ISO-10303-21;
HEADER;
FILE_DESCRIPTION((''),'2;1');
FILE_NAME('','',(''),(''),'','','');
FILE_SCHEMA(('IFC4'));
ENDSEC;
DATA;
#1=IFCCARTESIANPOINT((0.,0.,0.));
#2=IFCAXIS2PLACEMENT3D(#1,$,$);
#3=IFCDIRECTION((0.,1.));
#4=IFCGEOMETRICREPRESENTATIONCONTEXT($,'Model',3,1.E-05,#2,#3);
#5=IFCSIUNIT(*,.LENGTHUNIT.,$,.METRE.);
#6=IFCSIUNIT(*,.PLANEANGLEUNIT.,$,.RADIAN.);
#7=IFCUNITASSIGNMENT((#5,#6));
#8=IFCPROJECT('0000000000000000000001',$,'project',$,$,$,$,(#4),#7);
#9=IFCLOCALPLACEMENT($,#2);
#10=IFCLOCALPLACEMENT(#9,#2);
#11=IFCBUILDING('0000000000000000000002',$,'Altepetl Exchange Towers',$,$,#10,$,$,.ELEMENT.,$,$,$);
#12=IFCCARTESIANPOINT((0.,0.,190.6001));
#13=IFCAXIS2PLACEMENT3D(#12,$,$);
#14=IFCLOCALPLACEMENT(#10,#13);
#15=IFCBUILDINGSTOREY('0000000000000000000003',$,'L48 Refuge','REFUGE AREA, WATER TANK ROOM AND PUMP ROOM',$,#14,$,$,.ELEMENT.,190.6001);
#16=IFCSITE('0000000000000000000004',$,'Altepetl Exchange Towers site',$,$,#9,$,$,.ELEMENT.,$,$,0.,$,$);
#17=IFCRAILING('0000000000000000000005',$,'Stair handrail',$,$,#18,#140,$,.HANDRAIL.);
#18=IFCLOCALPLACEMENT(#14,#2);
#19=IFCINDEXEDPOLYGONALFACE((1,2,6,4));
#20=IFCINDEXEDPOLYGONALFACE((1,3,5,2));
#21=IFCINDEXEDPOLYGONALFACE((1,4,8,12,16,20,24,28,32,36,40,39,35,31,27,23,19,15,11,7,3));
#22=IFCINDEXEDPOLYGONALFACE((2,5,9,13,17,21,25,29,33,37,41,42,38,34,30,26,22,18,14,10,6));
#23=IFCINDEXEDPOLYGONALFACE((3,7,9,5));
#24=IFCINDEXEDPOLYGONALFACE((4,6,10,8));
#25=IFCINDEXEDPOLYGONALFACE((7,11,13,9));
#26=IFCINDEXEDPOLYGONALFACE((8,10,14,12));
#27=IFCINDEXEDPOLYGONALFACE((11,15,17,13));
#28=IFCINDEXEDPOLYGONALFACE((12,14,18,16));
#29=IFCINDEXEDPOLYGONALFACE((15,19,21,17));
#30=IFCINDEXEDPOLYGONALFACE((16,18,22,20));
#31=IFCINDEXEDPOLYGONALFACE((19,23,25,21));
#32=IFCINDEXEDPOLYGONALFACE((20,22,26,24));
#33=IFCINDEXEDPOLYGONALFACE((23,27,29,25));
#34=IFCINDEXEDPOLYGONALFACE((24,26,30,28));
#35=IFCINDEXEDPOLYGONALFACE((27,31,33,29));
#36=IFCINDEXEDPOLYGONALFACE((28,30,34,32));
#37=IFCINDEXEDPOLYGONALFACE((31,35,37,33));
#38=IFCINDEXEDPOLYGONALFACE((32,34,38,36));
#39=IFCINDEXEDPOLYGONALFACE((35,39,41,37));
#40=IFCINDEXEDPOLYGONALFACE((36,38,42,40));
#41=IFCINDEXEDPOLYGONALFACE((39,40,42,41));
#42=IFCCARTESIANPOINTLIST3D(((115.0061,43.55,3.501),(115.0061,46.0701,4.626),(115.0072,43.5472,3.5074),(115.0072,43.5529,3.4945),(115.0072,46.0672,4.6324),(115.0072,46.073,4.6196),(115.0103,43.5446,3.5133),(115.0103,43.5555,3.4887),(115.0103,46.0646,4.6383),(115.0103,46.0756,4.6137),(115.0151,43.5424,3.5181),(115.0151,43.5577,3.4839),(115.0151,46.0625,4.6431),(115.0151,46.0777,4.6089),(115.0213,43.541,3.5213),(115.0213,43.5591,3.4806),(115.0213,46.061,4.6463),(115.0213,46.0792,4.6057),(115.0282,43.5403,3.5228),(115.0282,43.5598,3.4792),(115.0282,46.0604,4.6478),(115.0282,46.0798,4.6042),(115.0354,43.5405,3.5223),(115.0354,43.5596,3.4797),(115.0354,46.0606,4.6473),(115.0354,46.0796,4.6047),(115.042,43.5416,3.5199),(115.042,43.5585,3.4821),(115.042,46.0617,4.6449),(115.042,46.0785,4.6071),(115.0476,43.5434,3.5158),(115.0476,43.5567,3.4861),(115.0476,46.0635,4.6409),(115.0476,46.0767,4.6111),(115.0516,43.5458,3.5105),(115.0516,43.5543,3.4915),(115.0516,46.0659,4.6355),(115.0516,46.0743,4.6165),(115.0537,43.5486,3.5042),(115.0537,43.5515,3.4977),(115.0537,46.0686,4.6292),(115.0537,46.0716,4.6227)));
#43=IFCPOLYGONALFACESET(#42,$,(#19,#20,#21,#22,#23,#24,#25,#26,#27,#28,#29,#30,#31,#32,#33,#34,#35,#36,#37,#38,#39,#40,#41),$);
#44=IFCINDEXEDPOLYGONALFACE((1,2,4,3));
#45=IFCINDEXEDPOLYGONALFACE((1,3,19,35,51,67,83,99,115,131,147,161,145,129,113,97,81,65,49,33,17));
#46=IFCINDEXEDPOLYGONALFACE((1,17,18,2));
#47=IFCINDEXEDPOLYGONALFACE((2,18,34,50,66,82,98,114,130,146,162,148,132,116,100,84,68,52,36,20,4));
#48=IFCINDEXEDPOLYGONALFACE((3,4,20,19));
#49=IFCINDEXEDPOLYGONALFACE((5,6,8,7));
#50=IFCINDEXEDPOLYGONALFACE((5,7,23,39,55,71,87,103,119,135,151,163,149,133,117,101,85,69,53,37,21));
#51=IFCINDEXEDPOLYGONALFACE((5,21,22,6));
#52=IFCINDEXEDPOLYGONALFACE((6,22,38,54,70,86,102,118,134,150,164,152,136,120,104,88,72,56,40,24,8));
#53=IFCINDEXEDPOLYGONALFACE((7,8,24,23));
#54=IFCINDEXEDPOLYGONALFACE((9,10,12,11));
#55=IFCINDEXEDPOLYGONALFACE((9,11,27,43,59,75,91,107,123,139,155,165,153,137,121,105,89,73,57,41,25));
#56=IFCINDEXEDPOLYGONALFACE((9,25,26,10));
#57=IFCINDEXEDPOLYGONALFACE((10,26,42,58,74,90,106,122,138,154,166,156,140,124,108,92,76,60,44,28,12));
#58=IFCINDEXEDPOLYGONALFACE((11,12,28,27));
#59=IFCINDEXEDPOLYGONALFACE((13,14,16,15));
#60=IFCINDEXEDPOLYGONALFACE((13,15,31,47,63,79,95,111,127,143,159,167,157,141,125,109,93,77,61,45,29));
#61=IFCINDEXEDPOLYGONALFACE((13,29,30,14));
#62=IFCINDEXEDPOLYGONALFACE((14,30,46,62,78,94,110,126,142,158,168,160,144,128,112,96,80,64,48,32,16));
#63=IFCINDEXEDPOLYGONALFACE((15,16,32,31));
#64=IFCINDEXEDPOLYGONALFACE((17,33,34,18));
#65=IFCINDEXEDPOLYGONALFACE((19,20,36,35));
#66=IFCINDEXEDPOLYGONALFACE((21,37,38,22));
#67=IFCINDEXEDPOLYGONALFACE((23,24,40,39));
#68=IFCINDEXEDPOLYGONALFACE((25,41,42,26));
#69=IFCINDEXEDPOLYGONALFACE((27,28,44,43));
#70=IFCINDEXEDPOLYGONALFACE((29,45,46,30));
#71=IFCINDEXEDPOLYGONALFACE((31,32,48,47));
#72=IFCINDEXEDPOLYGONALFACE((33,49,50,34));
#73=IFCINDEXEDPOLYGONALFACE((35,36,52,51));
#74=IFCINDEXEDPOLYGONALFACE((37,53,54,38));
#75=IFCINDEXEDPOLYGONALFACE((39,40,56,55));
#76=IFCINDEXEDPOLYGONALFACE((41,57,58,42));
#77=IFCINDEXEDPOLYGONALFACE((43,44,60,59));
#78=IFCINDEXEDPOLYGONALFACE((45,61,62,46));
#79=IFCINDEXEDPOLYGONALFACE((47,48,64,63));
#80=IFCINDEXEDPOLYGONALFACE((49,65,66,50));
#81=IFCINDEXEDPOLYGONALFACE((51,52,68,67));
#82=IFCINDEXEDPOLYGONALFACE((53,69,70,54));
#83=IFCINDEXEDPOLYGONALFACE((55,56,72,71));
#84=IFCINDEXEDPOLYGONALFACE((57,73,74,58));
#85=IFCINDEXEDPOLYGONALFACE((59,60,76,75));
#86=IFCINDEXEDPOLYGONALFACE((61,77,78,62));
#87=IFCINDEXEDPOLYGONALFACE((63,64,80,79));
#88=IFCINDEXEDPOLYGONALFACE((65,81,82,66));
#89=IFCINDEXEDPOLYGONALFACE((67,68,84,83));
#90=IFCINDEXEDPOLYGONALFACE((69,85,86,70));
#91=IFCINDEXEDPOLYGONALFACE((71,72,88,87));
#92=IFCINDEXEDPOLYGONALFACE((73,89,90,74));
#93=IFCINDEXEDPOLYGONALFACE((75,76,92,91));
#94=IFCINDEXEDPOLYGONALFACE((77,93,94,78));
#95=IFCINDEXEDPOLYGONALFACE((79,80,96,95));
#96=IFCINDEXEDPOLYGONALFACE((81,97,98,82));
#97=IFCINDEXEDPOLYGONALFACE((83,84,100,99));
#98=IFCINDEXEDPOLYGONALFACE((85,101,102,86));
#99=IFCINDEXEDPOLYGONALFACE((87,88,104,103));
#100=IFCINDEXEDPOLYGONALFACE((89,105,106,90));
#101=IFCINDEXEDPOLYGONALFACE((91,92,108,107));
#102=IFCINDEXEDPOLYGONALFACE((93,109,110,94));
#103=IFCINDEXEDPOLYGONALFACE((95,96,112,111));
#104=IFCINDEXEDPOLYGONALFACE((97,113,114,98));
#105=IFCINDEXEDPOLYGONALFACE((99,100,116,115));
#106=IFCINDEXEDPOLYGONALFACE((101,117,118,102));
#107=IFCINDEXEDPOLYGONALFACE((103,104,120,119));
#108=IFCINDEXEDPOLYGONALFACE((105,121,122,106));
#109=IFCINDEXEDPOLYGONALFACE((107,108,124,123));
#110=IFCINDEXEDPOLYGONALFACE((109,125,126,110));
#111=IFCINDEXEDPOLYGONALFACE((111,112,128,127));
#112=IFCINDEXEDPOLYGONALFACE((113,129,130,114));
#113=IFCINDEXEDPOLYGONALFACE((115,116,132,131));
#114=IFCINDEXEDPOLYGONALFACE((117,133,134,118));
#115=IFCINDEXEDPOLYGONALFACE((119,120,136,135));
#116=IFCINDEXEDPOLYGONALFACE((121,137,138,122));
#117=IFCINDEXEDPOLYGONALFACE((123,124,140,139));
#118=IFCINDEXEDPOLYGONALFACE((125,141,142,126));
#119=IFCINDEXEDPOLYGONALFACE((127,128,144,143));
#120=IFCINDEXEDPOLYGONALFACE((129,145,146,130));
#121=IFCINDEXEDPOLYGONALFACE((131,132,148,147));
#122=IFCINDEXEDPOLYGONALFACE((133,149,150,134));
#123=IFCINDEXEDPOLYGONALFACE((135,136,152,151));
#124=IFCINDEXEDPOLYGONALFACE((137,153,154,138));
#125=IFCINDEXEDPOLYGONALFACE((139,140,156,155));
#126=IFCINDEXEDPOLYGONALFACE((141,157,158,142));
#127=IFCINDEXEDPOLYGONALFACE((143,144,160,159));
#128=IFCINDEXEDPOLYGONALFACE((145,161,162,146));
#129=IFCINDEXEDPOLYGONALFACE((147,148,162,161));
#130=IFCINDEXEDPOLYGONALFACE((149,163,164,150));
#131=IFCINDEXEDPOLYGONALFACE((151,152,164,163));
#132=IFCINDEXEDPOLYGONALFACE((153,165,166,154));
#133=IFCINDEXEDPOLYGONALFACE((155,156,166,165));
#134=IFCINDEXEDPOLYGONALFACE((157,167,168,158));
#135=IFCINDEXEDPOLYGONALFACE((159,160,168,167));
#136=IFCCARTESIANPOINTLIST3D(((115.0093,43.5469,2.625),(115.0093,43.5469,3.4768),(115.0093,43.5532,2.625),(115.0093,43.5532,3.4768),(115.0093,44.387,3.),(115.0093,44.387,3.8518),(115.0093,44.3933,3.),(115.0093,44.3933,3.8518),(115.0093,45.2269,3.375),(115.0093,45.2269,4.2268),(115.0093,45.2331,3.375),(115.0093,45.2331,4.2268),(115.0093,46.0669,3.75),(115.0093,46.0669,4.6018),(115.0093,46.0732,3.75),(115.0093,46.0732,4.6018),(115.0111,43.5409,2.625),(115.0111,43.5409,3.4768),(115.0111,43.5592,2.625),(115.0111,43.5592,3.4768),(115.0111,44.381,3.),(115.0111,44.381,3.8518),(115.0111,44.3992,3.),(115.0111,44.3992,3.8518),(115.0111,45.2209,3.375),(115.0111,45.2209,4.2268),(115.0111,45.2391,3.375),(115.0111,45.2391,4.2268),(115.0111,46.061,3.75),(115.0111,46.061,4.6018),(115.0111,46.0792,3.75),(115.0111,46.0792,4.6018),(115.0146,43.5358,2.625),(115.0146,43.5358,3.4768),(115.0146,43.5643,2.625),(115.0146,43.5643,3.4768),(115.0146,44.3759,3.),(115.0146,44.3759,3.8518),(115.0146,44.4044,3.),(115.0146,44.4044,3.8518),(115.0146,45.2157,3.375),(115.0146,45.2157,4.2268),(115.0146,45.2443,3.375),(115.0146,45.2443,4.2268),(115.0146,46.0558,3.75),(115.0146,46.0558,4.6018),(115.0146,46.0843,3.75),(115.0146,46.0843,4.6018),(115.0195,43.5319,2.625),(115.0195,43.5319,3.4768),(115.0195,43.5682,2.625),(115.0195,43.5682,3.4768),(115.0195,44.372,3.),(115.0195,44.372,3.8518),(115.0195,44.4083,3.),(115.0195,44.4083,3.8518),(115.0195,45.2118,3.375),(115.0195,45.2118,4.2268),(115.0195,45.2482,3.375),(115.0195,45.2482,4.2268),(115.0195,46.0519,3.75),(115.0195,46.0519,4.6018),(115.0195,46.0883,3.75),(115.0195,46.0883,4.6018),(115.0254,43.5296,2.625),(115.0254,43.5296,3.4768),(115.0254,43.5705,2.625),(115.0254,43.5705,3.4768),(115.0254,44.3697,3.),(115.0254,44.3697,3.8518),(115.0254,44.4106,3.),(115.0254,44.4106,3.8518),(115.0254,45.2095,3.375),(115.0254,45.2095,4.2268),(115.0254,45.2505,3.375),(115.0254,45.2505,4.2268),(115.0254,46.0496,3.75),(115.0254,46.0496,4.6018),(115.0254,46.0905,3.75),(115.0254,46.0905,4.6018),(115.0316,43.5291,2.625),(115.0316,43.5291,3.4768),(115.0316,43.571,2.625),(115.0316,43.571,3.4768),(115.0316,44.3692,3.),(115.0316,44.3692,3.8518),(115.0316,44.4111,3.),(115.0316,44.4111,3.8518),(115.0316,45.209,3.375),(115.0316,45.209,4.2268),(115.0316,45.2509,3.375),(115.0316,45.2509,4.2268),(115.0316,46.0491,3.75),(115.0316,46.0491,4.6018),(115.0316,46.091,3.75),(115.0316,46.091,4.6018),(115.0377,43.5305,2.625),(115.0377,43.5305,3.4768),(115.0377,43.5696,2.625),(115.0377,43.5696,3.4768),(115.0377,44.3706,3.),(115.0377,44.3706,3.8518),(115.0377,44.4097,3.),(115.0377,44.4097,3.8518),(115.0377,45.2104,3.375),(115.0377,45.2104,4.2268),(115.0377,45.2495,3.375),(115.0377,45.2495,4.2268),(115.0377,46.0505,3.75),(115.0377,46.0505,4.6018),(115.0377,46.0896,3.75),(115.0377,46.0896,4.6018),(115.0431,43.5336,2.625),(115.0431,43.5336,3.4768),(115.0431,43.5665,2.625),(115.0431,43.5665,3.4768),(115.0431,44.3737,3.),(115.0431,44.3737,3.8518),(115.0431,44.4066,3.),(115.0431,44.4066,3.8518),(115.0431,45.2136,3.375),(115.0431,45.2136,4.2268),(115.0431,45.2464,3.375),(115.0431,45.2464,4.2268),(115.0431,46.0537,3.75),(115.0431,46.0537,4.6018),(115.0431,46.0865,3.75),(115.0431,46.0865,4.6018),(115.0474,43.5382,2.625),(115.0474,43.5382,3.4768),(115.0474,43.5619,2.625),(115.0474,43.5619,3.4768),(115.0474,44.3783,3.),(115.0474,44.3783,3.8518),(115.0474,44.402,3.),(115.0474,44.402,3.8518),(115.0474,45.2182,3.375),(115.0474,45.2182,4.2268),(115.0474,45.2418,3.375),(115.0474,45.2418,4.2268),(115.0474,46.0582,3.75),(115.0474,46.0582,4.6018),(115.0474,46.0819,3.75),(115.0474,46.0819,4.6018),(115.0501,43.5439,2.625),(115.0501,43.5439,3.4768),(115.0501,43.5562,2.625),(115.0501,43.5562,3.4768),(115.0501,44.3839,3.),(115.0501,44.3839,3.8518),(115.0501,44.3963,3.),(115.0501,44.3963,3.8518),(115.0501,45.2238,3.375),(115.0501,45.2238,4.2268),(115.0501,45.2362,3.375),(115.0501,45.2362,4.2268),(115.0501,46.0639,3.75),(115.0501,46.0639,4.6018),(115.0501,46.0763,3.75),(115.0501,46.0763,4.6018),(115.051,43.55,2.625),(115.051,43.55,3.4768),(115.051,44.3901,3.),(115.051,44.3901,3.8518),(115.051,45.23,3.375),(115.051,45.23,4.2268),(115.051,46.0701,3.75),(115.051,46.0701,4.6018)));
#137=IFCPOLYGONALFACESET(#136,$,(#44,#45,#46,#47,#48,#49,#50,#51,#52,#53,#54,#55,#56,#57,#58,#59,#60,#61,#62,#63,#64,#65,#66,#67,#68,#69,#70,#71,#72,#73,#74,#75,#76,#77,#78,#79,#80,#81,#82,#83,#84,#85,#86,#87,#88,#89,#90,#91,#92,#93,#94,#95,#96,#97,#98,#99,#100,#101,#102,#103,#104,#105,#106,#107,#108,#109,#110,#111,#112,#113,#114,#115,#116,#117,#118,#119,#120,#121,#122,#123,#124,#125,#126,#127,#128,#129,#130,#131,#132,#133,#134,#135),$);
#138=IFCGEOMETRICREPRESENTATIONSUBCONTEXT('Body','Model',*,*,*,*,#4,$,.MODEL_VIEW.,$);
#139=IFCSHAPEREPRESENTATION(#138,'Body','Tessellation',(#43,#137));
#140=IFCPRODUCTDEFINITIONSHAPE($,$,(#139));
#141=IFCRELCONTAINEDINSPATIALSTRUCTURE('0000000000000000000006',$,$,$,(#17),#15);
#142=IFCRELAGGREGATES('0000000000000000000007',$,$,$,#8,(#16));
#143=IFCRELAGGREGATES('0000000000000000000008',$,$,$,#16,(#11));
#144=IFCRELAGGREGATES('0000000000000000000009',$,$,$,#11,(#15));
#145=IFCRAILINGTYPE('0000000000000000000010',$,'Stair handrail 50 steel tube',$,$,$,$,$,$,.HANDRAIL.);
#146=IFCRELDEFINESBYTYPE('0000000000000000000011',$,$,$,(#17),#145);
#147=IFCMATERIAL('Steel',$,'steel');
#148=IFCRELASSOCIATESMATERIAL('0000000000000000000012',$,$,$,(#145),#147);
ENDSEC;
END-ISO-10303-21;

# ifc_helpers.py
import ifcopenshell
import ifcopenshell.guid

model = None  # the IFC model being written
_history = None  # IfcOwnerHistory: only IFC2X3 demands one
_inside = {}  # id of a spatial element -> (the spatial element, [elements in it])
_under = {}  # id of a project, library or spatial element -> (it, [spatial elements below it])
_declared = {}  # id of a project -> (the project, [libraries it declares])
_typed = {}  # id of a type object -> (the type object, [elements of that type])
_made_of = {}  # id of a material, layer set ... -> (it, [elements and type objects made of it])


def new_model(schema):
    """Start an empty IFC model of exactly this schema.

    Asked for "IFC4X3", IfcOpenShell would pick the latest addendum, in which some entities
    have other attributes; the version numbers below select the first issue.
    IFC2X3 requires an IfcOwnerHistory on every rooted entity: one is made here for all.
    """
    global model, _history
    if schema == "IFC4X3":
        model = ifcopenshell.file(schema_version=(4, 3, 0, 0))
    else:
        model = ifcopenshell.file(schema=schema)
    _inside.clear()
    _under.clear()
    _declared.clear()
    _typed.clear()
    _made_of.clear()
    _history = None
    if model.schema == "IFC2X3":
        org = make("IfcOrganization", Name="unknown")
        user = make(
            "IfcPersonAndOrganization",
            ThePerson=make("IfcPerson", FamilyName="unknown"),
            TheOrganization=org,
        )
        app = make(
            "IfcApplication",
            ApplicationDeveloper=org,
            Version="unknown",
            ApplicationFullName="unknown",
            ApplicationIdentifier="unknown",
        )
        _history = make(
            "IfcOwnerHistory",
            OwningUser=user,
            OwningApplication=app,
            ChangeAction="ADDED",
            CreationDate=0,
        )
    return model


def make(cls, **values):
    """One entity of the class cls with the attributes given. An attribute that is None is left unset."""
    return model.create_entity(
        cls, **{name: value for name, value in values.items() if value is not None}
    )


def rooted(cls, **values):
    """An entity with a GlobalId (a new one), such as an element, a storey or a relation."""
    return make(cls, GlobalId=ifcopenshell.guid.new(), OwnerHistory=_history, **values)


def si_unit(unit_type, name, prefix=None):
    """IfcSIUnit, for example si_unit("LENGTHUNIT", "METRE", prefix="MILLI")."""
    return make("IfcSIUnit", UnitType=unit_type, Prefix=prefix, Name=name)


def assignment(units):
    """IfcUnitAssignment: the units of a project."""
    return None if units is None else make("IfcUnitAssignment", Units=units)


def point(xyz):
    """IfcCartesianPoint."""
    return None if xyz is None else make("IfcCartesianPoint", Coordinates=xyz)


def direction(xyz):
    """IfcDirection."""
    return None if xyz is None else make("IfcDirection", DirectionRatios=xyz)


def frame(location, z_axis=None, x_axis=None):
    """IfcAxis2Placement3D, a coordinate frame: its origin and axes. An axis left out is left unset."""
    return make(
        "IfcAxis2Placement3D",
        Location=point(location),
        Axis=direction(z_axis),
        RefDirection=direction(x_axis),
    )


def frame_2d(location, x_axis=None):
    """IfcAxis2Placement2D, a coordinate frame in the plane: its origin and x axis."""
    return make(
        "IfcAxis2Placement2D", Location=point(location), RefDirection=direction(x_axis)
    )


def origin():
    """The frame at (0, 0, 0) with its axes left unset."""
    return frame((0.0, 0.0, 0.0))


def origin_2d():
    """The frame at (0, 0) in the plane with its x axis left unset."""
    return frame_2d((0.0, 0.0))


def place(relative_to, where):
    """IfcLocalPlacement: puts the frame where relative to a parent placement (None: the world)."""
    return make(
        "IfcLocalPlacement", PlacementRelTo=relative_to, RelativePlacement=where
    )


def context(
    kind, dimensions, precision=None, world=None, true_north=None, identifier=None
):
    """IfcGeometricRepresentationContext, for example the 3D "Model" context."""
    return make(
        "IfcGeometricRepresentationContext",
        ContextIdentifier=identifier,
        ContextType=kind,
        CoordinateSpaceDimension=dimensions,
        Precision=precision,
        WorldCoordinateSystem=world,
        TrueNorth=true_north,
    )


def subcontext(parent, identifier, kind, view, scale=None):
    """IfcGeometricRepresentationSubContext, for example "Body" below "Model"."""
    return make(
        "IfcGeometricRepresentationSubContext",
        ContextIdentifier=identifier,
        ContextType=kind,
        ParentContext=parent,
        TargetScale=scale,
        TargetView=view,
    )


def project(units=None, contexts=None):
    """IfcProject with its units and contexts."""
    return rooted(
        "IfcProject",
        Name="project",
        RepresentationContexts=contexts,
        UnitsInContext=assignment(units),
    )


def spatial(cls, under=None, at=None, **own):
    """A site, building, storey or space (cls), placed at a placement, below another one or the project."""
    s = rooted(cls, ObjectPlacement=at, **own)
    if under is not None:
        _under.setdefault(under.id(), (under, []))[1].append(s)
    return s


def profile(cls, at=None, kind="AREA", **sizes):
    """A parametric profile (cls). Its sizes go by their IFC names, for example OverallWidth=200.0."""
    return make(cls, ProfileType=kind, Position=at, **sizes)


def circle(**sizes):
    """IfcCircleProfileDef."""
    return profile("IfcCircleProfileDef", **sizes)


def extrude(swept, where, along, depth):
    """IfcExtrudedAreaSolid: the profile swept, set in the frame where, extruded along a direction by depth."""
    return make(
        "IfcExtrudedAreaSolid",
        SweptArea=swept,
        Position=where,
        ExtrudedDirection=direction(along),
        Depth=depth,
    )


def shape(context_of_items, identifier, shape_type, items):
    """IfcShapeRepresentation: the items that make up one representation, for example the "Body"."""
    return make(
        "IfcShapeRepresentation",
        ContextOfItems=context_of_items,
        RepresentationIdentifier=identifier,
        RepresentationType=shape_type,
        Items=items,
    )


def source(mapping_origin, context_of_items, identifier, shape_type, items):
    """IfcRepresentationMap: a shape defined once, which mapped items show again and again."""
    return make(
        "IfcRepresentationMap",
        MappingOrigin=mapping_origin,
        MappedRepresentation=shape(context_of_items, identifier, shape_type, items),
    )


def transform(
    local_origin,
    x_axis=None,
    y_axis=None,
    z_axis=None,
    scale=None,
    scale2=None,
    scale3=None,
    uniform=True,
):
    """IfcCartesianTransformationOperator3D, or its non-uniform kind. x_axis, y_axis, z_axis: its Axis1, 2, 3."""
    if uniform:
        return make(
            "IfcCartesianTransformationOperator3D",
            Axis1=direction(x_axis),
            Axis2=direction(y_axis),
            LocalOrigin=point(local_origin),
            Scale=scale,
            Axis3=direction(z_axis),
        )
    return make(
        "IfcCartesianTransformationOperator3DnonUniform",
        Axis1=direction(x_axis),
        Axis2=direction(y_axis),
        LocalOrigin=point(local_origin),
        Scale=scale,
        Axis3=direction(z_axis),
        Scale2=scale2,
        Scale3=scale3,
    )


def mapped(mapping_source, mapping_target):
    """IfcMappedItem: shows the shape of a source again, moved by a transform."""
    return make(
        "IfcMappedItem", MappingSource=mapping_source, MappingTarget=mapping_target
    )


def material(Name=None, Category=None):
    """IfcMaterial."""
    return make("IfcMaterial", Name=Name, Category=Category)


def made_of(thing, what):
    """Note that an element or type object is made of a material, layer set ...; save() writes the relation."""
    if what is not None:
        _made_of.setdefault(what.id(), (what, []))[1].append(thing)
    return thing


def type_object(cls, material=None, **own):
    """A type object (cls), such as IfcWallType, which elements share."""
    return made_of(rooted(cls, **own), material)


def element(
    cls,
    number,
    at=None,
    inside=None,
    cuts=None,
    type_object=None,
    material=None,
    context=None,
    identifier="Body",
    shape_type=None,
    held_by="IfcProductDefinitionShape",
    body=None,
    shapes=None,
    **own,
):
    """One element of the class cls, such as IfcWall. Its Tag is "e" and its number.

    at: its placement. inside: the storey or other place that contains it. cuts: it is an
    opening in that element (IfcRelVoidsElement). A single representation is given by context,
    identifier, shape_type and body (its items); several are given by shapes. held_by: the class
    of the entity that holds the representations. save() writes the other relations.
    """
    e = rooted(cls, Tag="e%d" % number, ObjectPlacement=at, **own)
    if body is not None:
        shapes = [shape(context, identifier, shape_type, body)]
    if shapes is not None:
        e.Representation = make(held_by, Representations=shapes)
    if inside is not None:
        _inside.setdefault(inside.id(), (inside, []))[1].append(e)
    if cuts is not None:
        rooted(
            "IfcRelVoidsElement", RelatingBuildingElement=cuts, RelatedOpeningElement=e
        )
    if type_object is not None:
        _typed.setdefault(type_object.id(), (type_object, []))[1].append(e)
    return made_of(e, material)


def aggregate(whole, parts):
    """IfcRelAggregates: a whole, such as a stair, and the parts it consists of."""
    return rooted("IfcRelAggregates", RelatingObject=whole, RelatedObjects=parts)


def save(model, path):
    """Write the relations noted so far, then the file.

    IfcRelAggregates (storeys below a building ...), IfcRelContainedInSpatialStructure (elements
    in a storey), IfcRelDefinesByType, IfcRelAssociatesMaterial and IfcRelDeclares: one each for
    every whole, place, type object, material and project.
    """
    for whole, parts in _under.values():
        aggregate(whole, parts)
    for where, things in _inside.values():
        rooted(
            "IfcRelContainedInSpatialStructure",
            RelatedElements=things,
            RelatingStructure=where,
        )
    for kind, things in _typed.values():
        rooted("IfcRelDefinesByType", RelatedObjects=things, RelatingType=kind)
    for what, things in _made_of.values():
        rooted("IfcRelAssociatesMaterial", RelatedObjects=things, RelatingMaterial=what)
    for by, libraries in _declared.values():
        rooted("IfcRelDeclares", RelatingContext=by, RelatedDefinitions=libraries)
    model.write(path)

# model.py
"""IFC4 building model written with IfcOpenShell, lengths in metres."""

from ifc_helpers import new_model, si_unit, direction, frame, origin, origin_2d, place, context, subcontext, project, spatial, circle, extrude, source, transform, mapped, material, type_object, element, save


model = new_model("IFC4")

# Units and contexts
model_context = context("Model", 3, precision=1e-05, world=origin(), true_north=direction((0.0, 1.0)))
body_context = subcontext(model_context, "Body", "Model", "MODEL_VIEW")
ifc_project = project(units=[si_unit("LENGTHUNIT", "METRE"), si_unit("PLANEANGLEUNIT", "RADIAN")], contexts=[model_context])

# Site, building, storey
site_placement = place(None, origin())
site = spatial("IfcSite", under=ifc_project, at=site_placement, Name="Altepetl Exchange Towers site", CompositionType="ELEMENT", RefElevation=0.0)
building_placement = place(site_placement, origin())
building = spatial("IfcBuilding", under=site, at=building_placement, Name="Altepetl Exchange Towers", CompositionType="ELEMENT")
storey_placement = place(building_placement, frame((0.0, 0.0, 190.6001)))
storey = spatial("IfcBuildingStorey", under=building, at=storey_placement, Name="L48 Refuge", Description="REFUGE AREA, WATER TANK ROOM AND PUMP ROOM", CompositionType="ELEMENT", Elevation=190.6001)

# Railing
ifc_material_1 = material(Name="Steel", Category="steel")
railing_type = type_object("IfcRailingType", Name="Stair handrail 50 steel tube", PredefinedType="HANDRAIL", material=ifc_material_1)
shared_shape = source(origin(), body_context, "Body", "SweptSolid", [
    extrude(circle(Radius=0.021, at=origin_2d()), origin(), (0.0, 0.0, 1.0), 0.8518),
])
railing_1_placement = place(storey_placement, frame((115.03, 43.55, 2.625)))
element("IfcRailing", 1, at=railing_1_placement, inside=storey, type_object=railing_type, Name="Stair handrail", PredefinedType="HANDRAIL", context=body_context, shape_type="SweptSolid", body=[
    extrude(circle(Radius=0.0239, at=origin_2d()), frame((0.0, 0.0, 0.876), z_axis=(0.0, 0.913139, 0.407648), x_axis=(-1.0, 0.0, 0.0)), (0.0, 0.0, 1.0), 2.7598),
    mapped(shared_shape, transform((0.0, 0.0, 0.0))),
    mapped(shared_shape, transform((0.0, 0.8401, 0.375))),
    mapped(shared_shape, transform((0.0, 1.6799, 0.75))),
    mapped(shared_shape, transform((0.0, 2.52, 1.125))),
])

save(model, "model.ifc")
